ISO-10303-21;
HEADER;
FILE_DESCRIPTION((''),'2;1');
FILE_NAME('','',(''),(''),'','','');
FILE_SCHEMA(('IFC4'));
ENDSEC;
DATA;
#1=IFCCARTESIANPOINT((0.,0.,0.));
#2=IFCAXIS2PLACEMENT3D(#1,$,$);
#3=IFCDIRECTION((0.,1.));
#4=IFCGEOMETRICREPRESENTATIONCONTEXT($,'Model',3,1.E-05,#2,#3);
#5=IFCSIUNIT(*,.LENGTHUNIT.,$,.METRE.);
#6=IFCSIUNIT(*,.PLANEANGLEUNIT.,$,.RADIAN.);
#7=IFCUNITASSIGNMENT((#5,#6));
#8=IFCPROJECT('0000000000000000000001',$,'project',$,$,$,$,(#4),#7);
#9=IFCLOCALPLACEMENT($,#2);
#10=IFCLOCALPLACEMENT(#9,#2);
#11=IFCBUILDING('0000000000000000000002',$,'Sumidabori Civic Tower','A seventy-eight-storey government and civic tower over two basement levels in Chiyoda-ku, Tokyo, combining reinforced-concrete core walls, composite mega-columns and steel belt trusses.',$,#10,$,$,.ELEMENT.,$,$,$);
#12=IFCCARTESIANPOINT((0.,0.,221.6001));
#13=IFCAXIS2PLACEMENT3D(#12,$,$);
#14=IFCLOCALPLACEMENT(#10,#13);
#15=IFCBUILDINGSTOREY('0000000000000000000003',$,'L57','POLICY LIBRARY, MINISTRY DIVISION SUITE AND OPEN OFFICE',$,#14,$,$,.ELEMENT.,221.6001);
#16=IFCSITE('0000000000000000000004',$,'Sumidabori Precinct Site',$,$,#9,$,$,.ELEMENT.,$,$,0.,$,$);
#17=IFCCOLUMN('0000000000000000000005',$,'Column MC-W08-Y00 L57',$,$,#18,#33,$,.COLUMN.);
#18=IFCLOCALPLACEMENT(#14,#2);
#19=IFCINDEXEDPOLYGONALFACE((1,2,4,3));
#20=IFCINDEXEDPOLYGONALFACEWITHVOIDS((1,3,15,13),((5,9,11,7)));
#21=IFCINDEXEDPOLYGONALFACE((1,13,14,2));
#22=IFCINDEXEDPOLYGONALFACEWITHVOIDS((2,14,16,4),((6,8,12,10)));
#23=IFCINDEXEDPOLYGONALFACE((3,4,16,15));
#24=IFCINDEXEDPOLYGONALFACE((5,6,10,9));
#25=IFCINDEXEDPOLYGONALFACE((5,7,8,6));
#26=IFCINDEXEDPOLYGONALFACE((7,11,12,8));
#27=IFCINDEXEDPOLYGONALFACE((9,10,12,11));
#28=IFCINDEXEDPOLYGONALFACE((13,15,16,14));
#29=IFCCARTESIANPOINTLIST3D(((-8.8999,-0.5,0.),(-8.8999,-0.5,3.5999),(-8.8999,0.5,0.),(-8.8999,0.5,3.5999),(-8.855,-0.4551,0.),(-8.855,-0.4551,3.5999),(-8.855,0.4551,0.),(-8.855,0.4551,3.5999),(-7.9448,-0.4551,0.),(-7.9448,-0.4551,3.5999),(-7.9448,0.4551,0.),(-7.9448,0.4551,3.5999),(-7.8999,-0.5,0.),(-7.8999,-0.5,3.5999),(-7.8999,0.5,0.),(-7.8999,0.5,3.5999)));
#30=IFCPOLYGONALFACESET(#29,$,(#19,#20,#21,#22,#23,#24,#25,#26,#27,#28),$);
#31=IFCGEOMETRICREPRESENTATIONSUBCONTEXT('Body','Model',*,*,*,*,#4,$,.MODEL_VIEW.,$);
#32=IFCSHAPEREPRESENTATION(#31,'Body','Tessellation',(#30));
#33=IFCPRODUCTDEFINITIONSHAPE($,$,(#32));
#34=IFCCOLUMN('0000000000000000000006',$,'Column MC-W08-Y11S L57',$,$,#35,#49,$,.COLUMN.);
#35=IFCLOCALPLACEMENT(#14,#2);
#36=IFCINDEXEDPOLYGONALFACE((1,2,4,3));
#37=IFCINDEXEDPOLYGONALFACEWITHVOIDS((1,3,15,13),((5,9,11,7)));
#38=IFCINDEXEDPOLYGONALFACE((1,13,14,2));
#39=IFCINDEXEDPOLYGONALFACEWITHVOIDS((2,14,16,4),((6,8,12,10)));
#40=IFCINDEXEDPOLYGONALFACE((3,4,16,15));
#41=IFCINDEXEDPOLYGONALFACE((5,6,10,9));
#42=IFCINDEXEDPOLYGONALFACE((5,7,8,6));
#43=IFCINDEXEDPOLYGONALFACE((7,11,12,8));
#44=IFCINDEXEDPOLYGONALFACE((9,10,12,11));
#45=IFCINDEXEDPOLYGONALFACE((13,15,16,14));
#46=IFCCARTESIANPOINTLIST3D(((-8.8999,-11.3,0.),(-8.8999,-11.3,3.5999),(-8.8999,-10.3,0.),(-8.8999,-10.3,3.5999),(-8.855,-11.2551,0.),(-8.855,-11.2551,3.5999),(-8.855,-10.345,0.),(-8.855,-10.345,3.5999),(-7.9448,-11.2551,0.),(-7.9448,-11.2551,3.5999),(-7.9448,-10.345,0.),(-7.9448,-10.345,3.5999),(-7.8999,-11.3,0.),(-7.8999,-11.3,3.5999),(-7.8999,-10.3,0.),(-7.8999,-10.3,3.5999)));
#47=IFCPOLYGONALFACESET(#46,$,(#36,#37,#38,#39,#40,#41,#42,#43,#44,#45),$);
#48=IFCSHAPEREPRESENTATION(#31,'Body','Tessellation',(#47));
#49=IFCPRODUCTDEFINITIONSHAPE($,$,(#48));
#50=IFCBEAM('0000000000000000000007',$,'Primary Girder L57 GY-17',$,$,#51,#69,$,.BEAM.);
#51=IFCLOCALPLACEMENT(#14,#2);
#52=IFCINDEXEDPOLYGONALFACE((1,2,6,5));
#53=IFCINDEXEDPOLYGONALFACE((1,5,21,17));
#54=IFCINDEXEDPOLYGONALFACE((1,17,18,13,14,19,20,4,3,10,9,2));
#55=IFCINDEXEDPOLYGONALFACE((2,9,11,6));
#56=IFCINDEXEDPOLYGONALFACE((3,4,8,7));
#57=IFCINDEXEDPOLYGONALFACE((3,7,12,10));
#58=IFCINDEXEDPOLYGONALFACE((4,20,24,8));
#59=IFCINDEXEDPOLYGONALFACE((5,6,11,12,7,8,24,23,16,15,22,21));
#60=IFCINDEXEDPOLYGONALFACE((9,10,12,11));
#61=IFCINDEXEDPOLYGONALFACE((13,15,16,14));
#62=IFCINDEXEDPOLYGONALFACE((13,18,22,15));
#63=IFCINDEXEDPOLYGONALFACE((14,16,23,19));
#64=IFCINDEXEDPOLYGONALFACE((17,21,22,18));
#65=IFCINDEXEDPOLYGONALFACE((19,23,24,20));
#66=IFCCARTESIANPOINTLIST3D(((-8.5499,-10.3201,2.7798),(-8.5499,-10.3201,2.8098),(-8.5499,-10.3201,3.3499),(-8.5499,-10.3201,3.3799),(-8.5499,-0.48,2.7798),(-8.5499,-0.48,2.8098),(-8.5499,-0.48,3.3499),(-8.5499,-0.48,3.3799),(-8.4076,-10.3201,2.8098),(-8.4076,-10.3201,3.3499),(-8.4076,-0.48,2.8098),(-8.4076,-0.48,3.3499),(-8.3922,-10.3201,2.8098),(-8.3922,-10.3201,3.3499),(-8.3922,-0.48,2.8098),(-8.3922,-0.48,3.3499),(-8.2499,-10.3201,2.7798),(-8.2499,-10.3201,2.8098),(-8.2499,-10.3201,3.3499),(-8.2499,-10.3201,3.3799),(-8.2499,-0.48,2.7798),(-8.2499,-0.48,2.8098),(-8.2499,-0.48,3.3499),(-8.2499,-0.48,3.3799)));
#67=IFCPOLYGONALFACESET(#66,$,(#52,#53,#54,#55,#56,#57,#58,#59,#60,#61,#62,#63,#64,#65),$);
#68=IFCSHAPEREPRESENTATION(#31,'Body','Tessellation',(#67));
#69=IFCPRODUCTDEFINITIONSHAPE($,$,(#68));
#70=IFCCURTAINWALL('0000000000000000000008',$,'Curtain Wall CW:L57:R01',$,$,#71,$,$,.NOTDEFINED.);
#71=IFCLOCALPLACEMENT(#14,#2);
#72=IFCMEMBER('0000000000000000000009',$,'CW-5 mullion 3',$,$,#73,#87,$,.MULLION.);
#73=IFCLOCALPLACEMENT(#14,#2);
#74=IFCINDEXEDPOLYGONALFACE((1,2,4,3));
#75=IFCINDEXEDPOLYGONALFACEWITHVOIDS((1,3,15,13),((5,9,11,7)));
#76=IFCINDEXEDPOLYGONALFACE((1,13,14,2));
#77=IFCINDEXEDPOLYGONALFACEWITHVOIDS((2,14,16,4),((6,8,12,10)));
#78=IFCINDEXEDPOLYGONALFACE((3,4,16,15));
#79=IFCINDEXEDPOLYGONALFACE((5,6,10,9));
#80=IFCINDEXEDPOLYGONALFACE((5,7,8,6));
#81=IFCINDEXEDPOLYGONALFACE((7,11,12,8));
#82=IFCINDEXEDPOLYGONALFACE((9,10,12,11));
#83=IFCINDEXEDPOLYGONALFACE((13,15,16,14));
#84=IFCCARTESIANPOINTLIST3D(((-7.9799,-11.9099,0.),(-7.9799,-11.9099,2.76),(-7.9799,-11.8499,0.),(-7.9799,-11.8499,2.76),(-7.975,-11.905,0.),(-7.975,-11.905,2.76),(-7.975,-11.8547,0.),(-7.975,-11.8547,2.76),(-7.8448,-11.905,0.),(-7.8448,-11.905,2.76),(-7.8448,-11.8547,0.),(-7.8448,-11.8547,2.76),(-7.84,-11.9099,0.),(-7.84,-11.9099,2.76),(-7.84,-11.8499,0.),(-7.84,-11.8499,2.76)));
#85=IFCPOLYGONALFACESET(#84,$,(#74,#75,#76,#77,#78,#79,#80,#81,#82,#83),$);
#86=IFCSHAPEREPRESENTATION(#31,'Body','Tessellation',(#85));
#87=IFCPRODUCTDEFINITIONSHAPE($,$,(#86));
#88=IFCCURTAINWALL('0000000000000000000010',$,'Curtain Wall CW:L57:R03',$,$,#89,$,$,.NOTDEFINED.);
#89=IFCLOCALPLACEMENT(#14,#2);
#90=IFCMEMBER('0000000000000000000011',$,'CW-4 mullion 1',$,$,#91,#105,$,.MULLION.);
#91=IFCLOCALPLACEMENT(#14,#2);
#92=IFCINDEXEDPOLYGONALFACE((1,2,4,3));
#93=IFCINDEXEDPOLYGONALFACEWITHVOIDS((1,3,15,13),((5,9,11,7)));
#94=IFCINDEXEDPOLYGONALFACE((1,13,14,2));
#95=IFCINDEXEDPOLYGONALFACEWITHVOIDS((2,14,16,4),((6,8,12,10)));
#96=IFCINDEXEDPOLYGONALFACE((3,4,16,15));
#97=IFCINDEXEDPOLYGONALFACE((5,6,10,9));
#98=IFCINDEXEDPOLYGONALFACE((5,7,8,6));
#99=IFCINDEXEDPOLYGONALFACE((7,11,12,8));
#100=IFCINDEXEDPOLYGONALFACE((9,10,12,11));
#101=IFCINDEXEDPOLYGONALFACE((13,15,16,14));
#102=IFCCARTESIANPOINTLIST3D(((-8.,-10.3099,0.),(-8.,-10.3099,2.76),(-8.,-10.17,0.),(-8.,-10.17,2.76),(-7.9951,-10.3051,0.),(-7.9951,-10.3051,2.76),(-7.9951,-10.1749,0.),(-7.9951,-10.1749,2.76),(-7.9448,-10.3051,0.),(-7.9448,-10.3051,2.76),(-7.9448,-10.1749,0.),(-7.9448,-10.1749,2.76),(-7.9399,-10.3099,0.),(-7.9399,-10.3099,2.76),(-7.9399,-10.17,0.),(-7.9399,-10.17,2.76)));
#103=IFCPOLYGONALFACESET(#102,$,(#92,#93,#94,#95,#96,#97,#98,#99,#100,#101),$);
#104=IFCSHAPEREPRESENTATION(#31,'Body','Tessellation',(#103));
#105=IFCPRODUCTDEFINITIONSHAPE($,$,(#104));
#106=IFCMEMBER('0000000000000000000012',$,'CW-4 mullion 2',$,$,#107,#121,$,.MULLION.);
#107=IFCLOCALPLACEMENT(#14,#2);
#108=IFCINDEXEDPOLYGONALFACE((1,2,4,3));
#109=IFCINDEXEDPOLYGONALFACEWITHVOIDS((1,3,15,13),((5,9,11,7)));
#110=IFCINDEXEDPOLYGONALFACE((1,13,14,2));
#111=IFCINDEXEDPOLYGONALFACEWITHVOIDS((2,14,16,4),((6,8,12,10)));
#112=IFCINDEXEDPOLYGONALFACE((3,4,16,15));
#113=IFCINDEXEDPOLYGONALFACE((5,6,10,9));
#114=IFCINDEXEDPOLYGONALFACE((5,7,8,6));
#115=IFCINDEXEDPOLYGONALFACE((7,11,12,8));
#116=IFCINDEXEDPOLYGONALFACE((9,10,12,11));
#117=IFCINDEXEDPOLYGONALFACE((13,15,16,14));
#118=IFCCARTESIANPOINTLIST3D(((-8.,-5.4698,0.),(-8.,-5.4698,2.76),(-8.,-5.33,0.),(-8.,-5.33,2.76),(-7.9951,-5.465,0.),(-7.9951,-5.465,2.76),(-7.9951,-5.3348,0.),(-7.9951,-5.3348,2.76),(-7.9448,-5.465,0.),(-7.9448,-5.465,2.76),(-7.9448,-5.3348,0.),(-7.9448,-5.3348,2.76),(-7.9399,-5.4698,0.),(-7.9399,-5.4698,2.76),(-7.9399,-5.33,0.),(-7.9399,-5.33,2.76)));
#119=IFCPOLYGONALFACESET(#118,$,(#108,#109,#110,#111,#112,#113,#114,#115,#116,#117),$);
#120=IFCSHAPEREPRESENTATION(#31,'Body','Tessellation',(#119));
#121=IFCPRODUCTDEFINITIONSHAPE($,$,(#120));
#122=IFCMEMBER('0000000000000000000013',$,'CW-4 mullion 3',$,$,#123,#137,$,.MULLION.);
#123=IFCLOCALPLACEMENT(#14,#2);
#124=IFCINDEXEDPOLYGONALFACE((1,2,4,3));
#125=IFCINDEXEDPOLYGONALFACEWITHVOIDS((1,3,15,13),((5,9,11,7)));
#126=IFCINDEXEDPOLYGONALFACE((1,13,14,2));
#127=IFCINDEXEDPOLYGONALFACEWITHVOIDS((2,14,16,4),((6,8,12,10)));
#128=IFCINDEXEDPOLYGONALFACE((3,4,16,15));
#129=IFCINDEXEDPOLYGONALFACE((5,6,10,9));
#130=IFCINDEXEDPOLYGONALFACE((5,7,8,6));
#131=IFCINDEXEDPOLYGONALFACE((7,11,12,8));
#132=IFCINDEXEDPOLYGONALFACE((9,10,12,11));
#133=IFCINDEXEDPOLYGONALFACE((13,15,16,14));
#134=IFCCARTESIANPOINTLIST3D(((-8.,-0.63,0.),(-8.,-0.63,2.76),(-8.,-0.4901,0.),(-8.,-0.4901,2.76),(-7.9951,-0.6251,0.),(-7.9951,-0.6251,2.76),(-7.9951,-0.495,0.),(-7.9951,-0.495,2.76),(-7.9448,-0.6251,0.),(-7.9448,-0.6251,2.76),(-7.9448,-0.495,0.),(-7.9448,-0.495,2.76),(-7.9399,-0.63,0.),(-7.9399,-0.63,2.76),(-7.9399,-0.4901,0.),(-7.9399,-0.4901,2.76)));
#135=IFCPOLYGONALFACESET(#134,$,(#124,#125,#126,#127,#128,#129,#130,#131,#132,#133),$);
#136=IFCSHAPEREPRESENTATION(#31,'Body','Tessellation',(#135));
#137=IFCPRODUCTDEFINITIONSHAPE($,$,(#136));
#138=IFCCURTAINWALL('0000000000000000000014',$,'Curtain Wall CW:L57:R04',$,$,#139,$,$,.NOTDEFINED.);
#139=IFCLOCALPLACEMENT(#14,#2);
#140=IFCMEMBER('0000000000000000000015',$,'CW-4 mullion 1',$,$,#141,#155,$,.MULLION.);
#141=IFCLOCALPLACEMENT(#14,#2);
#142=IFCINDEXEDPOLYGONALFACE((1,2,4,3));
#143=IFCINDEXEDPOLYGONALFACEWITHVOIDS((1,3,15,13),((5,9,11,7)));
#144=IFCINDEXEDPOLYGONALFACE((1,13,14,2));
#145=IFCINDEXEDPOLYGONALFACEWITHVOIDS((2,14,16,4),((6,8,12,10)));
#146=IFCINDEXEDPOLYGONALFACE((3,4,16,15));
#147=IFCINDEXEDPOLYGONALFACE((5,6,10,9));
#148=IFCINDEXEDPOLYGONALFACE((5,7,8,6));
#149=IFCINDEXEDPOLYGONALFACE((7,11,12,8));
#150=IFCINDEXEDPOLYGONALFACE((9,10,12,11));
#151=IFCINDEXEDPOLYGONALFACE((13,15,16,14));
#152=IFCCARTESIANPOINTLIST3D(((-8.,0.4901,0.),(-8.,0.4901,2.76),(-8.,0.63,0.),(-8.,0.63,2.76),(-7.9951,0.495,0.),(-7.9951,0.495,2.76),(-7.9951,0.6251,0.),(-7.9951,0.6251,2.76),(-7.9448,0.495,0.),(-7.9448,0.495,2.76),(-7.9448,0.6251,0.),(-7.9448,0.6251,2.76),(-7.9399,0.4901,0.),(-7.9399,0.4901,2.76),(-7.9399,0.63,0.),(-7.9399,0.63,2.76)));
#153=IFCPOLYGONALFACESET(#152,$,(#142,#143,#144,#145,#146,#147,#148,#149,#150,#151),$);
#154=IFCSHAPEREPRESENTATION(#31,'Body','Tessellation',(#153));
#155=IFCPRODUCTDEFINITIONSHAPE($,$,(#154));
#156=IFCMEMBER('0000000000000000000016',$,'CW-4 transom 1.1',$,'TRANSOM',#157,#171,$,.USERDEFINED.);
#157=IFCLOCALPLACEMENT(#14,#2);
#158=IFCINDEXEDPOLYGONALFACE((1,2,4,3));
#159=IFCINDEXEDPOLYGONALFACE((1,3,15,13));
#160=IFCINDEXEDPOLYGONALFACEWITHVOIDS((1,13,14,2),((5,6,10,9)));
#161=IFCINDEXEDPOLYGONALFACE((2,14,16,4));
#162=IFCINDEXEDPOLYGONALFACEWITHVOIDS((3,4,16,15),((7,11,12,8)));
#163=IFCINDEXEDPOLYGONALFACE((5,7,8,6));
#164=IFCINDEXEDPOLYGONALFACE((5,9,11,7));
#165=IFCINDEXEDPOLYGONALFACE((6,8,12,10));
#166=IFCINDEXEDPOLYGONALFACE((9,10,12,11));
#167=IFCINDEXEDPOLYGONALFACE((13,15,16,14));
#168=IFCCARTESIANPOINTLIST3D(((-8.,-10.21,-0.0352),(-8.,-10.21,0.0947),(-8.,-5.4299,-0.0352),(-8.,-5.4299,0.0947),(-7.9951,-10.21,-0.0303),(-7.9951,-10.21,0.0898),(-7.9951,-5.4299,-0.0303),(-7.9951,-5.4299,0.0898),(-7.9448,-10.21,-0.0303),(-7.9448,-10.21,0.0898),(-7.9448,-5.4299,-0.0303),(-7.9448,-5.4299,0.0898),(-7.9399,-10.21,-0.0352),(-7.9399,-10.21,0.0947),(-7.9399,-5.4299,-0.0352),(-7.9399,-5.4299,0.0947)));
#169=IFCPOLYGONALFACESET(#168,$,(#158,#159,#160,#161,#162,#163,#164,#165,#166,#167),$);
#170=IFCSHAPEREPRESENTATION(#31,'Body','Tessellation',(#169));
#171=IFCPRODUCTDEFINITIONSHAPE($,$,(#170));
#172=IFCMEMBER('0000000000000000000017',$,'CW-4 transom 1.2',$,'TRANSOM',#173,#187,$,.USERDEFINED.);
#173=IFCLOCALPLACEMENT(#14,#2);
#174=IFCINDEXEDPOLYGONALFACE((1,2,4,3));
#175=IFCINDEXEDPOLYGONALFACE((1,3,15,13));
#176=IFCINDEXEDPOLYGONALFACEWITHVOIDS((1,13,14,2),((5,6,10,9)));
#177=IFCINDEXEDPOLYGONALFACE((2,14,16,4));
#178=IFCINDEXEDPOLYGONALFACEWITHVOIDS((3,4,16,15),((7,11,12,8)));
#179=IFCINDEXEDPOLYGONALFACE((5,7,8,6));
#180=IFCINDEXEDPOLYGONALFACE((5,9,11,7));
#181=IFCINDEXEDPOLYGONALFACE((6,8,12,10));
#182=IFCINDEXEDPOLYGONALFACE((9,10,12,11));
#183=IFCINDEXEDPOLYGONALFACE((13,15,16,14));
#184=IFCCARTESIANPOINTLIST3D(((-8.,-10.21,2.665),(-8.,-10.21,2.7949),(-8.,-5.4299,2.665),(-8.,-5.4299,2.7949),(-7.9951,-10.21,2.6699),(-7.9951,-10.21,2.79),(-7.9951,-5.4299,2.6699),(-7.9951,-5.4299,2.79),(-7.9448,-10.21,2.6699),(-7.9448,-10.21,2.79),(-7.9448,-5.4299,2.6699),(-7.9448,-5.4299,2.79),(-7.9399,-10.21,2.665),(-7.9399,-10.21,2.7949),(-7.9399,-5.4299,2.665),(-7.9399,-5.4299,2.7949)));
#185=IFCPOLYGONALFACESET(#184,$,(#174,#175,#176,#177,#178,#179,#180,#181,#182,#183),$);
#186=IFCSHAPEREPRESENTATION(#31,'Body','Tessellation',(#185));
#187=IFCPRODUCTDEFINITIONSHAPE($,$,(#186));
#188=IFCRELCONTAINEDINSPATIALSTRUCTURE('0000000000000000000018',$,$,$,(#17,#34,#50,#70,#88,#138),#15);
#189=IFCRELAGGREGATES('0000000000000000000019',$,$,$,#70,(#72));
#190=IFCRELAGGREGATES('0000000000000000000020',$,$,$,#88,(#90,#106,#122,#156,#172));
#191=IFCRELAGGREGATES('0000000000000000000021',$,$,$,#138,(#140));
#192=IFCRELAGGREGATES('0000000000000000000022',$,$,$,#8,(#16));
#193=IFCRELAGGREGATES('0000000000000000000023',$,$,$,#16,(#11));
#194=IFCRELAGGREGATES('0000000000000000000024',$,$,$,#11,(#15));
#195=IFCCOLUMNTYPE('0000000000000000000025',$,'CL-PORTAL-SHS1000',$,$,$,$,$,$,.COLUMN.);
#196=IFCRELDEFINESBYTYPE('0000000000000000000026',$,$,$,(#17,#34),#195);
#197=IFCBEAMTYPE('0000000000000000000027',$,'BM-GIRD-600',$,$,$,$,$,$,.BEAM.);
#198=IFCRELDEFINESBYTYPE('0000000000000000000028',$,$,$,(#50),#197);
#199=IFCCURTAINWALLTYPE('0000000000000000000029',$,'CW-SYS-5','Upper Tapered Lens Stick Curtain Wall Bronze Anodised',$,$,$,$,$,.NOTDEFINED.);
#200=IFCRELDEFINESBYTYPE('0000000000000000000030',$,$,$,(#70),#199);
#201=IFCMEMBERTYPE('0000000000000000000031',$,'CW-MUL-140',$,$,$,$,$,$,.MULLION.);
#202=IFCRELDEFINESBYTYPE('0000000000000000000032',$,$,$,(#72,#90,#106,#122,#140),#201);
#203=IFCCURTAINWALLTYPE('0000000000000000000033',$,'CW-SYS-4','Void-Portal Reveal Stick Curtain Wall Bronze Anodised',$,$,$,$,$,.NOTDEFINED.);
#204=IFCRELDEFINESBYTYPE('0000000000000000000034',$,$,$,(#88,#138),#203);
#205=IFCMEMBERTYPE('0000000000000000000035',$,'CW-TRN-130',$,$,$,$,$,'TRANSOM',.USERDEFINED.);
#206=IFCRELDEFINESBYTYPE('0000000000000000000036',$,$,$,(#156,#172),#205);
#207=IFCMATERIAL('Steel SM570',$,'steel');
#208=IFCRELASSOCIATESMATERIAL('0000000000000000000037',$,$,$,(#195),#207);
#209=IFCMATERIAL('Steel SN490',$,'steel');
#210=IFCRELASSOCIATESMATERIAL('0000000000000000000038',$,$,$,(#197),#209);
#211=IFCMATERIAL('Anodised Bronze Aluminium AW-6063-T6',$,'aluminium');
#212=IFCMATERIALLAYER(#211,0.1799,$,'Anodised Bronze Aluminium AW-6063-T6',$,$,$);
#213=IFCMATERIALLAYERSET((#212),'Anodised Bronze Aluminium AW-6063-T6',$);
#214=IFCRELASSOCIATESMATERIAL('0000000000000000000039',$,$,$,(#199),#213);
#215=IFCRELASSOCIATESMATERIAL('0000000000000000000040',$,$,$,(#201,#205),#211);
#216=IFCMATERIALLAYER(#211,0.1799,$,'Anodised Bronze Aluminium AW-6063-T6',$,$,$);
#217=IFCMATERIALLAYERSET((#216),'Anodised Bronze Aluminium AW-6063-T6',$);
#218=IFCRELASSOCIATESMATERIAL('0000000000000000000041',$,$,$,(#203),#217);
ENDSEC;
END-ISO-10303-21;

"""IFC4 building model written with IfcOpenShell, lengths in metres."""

from ifc_helpers import new_model, si_unit, direction, frame, origin, origin_2d, place, context, subcontext, project, spatial, hollow_rectangle, i_section, extrude, source, transform, mapped, material, layer, layer_set, material_profile, profile_set, type_object, element, aggregate, save


model = new_model("IFC4")

# Units and contexts
model_context = context("Model", 3, precision=1e-05, world=origin(), true_north=direction((0.0, 1.0)))
body_context = subcontext(model_context, "Body", "Model", "MODEL_VIEW")
ifc_project = project(units=[si_unit("LENGTHUNIT", "METRE"), si_unit("PLANEANGLEUNIT", "RADIAN")], contexts=[model_context])

# Site, building, storey
site_placement = place(None, origin())
site = spatial("IfcSite", under=ifc_project, at=site_placement, Name="Sumidabori Precinct Site", CompositionType="ELEMENT", RefElevation=0.0)
building_placement = place(site_placement, origin())
building = spatial("IfcBuilding", under=site, at=building_placement, Name="Sumidabori Civic Tower", Description="A seventy-eight-storey government and civic tower over two basement levels in Chiyoda-ku, Tokyo, combining reinforced-concrete core walls, composite mega-columns and steel belt trusses.", CompositionType="ELEMENT")
storey_placement = place(building_placement, frame((0.0, 0.0, 221.6001)))
storey = spatial("IfcBuildingStorey", under=building, at=storey_placement, Name="L57", Description="POLICY LIBRARY, MINISTRY DIVISION SUITE AND OPEN OFFICE", CompositionType="ELEMENT", Elevation=221.6001)

# Columns
ifc_material_1 = material(Name="Steel SM570", Category="steel")
ifc_material_profile_1 = material_profile(ifc_material_1, hollow_rectangle(XDim=1.0, YDim=1.0, WallThickness=0.0449, at=origin_2d()), Name="SHS 1000x1000x45")
ifc_profile_set_1 = profile_set([ifc_material_profile_1], Name="Steel SM570")
column_type = type_object("IfcColumnType", Name="CL-PORTAL-SHS1000", PredefinedType="COLUMN", material=ifc_profile_set_1)
shared_shape_1 = source(origin(), body_context, "Body", "SweptSolid", [
    extrude(hollow_rectangle(XDim=1.0, YDim=1.0, WallThickness=0.0449, at=origin_2d()), origin(), (0.0, 0.0, 1.0), 3.5999),
])
for number, where, z_axis, x_axis, name in (
    (1, (-8.3999, 0.0, 0.0), (0.0, 0.0, 1.0), (1.0, 0.0, 0.0), "Column MC-W08-Y00 L57"),
    (2, (-8.3999, -10.8, 0.0), (0.0, 0.0, 1.0), (1.0, 0.0, 0.0), "Column MC-W08-Y11S L57"),
):
    element("IfcColumn", number, at=place(storey_placement, frame(where, z_axis=z_axis, x_axis=x_axis)), inside=storey, type_object=column_type, Name=name, PredefinedType="COLUMN", context=body_context, shape_type="MappedRepresentation", body=[
        mapped(shared_shape_1, transform((0.0, 0.0, 0.0), x_axis=(1.0, 0.0, 0.0), y_axis=(0.0, 1.0, 0.0), z_axis=(0.0, 0.0, 1.0), scale=1.0)),
    ])

# Beam
ifc_material_2 = material(Name="Steel SN490", Category="steel")
ifc_material_profile_2 = material_profile(ifc_material_2, i_section(OverallWidth=0.3, OverallDepth=0.6001, WebThickness=0.0154, FlangeThickness=0.03, at=origin_2d()), Name="HE 600 B")
ifc_profile_set_2 = profile_set([ifc_material_profile_2], Name="Steel SN490")
beam_type = type_object("IfcBeamType", Name="BM-GIRD-600", PredefinedType="BEAM", material=ifc_profile_set_2)
shared_shape_2 = source(origin(), body_context, "Body", "SweptSolid", [
    extrude(i_section(OverallWidth=0.3, OverallDepth=0.6001, WebThickness=0.0154, FlangeThickness=0.03, at=origin_2d()), origin(), (0.0, 0.0, 1.0), 9.8401),
])
beam_placement = place(storey_placement, frame((-8.3999, -10.3201, 3.0798), z_axis=(0.0, 1.0, 0.0), x_axis=(-1.0, 0.0, 0.0)))
element("IfcBeam", 3, at=beam_placement, inside=storey, type_object=beam_type, Name="Primary Girder L57 GY-17", PredefinedType="BEAM", context=body_context, shape_type="MappedRepresentation", body=[
    mapped(shared_shape_2, transform((0.0, 0.0, 0.0), x_axis=(1.0, 0.0, 0.0), y_axis=(0.0, 1.0, 0.0), z_axis=(0.0, 0.0, 1.0), scale=1.0)),
])

# Curtain wall, member
ifc_material_3 = material(Name="Anodised Bronze Aluminium AW-6063-T6", Category="aluminium")
ifc_layer_1 = layer(ifc_material_3, 0.1799, Name="Anodised Bronze Aluminium AW-6063-T6")
ifc_layer_set_1 = layer_set([ifc_layer_1], Name="Anodised Bronze Aluminium AW-6063-T6")
curtain_wall_type_1 = type_object("IfcCurtainWallType", Name="CW-SYS-5", Description="Upper Tapered Lens Stick Curtain Wall Bronze Anodised", PredefinedType="NOTDEFINED", material=ifc_layer_set_1)
curtain_wall_1_placement = place(storey_placement, origin())
curtain_wall_1 = element("IfcCurtainWall", 4, at=curtain_wall_1_placement, inside=storey, type_object=curtain_wall_type_1, Name="Curtain Wall CW:L57:R01", PredefinedType="NOTDEFINED")
ifc_material_profile_3 = material_profile(ifc_material_3, hollow_rectangle(XDim=0.0601, YDim=0.1399, WallThickness=0.0049, at=origin_2d()), Name="ALU MULLION 140x60")
ifc_profile_set_3 = profile_set([ifc_material_profile_3], Name="Anodised Bronze Aluminium AW-6063-T6")
member_type_1 = type_object("IfcMemberType", Name="CW-MUL-140", PredefinedType="MULLION", material=ifc_profile_set_3)
shared_shape_3 = source(origin(), body_context, "Body", "SweptSolid", [
    extrude(hollow_rectangle(XDim=0.0601, YDim=0.1399, WallThickness=0.0049, at=origin_2d()), origin(), (0.0, 0.0, 1.0), 2.76),
])
member_1_placement = place(storey_placement, frame((-7.9099, -11.8799, 0.0), z_axis=(0.0, 0.0, 1.0), x_axis=(0.0, 1.0, 0.0)))
member_1 = element("IfcMember", 5, at=member_1_placement, type_object=member_type_1, Name="CW-5 mullion 3", PredefinedType="MULLION", context=body_context, shape_type="MappedRepresentation", body=[
    mapped(shared_shape_3, transform((0.0, 0.0, 0.0), x_axis=(1.0, 0.0, 0.0), y_axis=(0.0, 1.0, 0.0), z_axis=(0.0, 0.0, 1.0), scale=1.0)),
])
aggregate(curtain_wall_1, [member_1])

# Curtain wall, members
ifc_layer_2 = layer(ifc_material_3, 0.1799, Name="Anodised Bronze Aluminium AW-6063-T6")
ifc_layer_set_2 = layer_set([ifc_layer_2], Name="Anodised Bronze Aluminium AW-6063-T6")
curtain_wall_type_2 = type_object("IfcCurtainWallType", Name="CW-SYS-4", Description="Void-Portal Reveal Stick Curtain Wall Bronze Anodised", PredefinedType="NOTDEFINED", material=ifc_layer_set_2)
curtain_wall_2_placement = place(storey_placement, origin())
curtain_wall_2 = element("IfcCurtainWall", 6, at=curtain_wall_2_placement, inside=storey, type_object=curtain_wall_type_2, Name="Curtain Wall CW:L57:R03", PredefinedType="NOTDEFINED")
member_2_placement = place(storey_placement, frame((-7.97, -10.24, 0.0), z_axis=(0.0, 0.0, 1.0), x_axis=(-1.0, 0.0, 0.0)))
member_2 = element("IfcMember", 7, at=member_2_placement, type_object=member_type_1, Name="CW-4 mullion 1", PredefinedType="MULLION", context=body_context, shape_type="MappedRepresentation", body=[
    mapped(shared_shape_3, transform((0.0, 0.0, 0.0), x_axis=(1.0, 0.0, 0.0), y_axis=(0.0, 1.0, 0.0), z_axis=(0.0, 0.0, 1.0), scale=1.0)),
])
member_3_placement = place(storey_placement, frame((-7.97, -5.3999, 0.0), z_axis=(0.0, 0.0, 1.0), x_axis=(-1.0, 0.0, 0.0)))
member_3 = element("IfcMember", 8, at=member_3_placement, type_object=member_type_1, Name="CW-4 mullion 2", PredefinedType="MULLION", context=body_context, shape_type="MappedRepresentation", body=[
    mapped(shared_shape_3, transform((0.0, 0.0, 0.0), x_axis=(1.0, 0.0, 0.0), y_axis=(0.0, 1.0, 0.0), z_axis=(0.0, 0.0, 1.0), scale=1.0)),
])
member_4_placement = place(storey_placement, frame((-7.97, -0.5601, 0.0), z_axis=(0.0, 0.0, 1.0), x_axis=(-1.0, 0.0, 0.0)))
member_4 = element("IfcMember", 9, at=member_4_placement, type_object=member_type_1, Name="CW-4 mullion 3", PredefinedType="MULLION", context=body_context, shape_type="MappedRepresentation", body=[
    mapped(shared_shape_3, transform((0.0, 0.0, 0.0), x_axis=(1.0, 0.0, 0.0), y_axis=(0.0, 1.0, 0.0), z_axis=(0.0, 0.0, 1.0), scale=1.0)),
])

# Curtain wall, member
curtain_wall_3_placement = place(storey_placement, origin())
curtain_wall_3 = element("IfcCurtainWall", 10, at=curtain_wall_3_placement, inside=storey, type_object=curtain_wall_type_2, Name="Curtain Wall CW:L57:R04", PredefinedType="NOTDEFINED")
member_5_placement = place(storey_placement, frame((-7.97, 0.5601, 0.0), z_axis=(0.0, 0.0, 1.0), x_axis=(-1.0, 0.0, 0.0)))
member_5 = element("IfcMember", 11, at=member_5_placement, type_object=member_type_1, Name="CW-4 mullion 1", PredefinedType="MULLION", context=body_context, shape_type="MappedRepresentation", body=[
    mapped(shared_shape_3, transform((0.0, 0.0, 0.0), x_axis=(1.0, 0.0, 0.0), y_axis=(0.0, 1.0, 0.0), z_axis=(0.0, 0.0, 1.0), scale=1.0)),
])

# Members
ifc_material_profile_4 = material_profile(ifc_material_3, hollow_rectangle(XDim=0.0601, YDim=0.1299, WallThickness=0.0049, at=origin_2d()), Name="ALU TRANSOM 130x60")
ifc_profile_set_4 = profile_set([ifc_material_profile_4], Name="Anodised Bronze Aluminium AW-6063-T6")
member_type_2 = type_object("IfcMemberType", Name="CW-TRN-130", ElementType="TRANSOM", PredefinedType="USERDEFINED", material=ifc_profile_set_4)
shared_shape_4 = source(origin(), body_context, "Body", "SweptSolid", [
    extrude(hollow_rectangle(XDim=0.0601, YDim=0.1299, WallThickness=0.0049, at=origin_2d()), origin(), (0.0, 0.0, 1.0), 4.78),
])
member_6_placement = place(storey_placement, frame((-7.97, -10.21, 0.0298), z_axis=(0.0, 1.0, 0.0), x_axis=(-1.0, 0.0, 0.0)))
member_6 = element("IfcMember", 12, at=member_6_placement, type_object=member_type_2, Name="CW-4 transom 1.1", ObjectType="TRANSOM", PredefinedType="USERDEFINED", context=body_context, shape_type="MappedRepresentation", body=[
    mapped(shared_shape_4, transform((0.0, 0.0, 0.0), x_axis=(1.0, 0.0, 0.0), y_axis=(0.0, 1.0, 0.0), z_axis=(0.0, 0.0, 1.0), scale=1.0)),
])
member_7_placement = place(storey_placement, frame((-7.97, -10.21, 2.73), z_axis=(0.0, 1.0, 0.0), x_axis=(-1.0, 0.0, 0.0)))
member_7 = element("IfcMember", 13, at=member_7_placement, type_object=member_type_2, Name="CW-4 transom 1.2", ObjectType="TRANSOM", PredefinedType="USERDEFINED", context=body_context, shape_type="MappedRepresentation", body=[
    mapped(shared_shape_4, transform((0.0, 0.0, 0.0), x_axis=(1.0, 0.0, 0.0), y_axis=(0.0, 1.0, 0.0), z_axis=(0.0, 0.0, 1.0), scale=1.0)),
])

aggregate(curtain_wall_2, [member_2, member_3, member_4, member_6, member_7])
aggregate(curtain_wall_3, [member_5])

save(model, "model.ifc")
